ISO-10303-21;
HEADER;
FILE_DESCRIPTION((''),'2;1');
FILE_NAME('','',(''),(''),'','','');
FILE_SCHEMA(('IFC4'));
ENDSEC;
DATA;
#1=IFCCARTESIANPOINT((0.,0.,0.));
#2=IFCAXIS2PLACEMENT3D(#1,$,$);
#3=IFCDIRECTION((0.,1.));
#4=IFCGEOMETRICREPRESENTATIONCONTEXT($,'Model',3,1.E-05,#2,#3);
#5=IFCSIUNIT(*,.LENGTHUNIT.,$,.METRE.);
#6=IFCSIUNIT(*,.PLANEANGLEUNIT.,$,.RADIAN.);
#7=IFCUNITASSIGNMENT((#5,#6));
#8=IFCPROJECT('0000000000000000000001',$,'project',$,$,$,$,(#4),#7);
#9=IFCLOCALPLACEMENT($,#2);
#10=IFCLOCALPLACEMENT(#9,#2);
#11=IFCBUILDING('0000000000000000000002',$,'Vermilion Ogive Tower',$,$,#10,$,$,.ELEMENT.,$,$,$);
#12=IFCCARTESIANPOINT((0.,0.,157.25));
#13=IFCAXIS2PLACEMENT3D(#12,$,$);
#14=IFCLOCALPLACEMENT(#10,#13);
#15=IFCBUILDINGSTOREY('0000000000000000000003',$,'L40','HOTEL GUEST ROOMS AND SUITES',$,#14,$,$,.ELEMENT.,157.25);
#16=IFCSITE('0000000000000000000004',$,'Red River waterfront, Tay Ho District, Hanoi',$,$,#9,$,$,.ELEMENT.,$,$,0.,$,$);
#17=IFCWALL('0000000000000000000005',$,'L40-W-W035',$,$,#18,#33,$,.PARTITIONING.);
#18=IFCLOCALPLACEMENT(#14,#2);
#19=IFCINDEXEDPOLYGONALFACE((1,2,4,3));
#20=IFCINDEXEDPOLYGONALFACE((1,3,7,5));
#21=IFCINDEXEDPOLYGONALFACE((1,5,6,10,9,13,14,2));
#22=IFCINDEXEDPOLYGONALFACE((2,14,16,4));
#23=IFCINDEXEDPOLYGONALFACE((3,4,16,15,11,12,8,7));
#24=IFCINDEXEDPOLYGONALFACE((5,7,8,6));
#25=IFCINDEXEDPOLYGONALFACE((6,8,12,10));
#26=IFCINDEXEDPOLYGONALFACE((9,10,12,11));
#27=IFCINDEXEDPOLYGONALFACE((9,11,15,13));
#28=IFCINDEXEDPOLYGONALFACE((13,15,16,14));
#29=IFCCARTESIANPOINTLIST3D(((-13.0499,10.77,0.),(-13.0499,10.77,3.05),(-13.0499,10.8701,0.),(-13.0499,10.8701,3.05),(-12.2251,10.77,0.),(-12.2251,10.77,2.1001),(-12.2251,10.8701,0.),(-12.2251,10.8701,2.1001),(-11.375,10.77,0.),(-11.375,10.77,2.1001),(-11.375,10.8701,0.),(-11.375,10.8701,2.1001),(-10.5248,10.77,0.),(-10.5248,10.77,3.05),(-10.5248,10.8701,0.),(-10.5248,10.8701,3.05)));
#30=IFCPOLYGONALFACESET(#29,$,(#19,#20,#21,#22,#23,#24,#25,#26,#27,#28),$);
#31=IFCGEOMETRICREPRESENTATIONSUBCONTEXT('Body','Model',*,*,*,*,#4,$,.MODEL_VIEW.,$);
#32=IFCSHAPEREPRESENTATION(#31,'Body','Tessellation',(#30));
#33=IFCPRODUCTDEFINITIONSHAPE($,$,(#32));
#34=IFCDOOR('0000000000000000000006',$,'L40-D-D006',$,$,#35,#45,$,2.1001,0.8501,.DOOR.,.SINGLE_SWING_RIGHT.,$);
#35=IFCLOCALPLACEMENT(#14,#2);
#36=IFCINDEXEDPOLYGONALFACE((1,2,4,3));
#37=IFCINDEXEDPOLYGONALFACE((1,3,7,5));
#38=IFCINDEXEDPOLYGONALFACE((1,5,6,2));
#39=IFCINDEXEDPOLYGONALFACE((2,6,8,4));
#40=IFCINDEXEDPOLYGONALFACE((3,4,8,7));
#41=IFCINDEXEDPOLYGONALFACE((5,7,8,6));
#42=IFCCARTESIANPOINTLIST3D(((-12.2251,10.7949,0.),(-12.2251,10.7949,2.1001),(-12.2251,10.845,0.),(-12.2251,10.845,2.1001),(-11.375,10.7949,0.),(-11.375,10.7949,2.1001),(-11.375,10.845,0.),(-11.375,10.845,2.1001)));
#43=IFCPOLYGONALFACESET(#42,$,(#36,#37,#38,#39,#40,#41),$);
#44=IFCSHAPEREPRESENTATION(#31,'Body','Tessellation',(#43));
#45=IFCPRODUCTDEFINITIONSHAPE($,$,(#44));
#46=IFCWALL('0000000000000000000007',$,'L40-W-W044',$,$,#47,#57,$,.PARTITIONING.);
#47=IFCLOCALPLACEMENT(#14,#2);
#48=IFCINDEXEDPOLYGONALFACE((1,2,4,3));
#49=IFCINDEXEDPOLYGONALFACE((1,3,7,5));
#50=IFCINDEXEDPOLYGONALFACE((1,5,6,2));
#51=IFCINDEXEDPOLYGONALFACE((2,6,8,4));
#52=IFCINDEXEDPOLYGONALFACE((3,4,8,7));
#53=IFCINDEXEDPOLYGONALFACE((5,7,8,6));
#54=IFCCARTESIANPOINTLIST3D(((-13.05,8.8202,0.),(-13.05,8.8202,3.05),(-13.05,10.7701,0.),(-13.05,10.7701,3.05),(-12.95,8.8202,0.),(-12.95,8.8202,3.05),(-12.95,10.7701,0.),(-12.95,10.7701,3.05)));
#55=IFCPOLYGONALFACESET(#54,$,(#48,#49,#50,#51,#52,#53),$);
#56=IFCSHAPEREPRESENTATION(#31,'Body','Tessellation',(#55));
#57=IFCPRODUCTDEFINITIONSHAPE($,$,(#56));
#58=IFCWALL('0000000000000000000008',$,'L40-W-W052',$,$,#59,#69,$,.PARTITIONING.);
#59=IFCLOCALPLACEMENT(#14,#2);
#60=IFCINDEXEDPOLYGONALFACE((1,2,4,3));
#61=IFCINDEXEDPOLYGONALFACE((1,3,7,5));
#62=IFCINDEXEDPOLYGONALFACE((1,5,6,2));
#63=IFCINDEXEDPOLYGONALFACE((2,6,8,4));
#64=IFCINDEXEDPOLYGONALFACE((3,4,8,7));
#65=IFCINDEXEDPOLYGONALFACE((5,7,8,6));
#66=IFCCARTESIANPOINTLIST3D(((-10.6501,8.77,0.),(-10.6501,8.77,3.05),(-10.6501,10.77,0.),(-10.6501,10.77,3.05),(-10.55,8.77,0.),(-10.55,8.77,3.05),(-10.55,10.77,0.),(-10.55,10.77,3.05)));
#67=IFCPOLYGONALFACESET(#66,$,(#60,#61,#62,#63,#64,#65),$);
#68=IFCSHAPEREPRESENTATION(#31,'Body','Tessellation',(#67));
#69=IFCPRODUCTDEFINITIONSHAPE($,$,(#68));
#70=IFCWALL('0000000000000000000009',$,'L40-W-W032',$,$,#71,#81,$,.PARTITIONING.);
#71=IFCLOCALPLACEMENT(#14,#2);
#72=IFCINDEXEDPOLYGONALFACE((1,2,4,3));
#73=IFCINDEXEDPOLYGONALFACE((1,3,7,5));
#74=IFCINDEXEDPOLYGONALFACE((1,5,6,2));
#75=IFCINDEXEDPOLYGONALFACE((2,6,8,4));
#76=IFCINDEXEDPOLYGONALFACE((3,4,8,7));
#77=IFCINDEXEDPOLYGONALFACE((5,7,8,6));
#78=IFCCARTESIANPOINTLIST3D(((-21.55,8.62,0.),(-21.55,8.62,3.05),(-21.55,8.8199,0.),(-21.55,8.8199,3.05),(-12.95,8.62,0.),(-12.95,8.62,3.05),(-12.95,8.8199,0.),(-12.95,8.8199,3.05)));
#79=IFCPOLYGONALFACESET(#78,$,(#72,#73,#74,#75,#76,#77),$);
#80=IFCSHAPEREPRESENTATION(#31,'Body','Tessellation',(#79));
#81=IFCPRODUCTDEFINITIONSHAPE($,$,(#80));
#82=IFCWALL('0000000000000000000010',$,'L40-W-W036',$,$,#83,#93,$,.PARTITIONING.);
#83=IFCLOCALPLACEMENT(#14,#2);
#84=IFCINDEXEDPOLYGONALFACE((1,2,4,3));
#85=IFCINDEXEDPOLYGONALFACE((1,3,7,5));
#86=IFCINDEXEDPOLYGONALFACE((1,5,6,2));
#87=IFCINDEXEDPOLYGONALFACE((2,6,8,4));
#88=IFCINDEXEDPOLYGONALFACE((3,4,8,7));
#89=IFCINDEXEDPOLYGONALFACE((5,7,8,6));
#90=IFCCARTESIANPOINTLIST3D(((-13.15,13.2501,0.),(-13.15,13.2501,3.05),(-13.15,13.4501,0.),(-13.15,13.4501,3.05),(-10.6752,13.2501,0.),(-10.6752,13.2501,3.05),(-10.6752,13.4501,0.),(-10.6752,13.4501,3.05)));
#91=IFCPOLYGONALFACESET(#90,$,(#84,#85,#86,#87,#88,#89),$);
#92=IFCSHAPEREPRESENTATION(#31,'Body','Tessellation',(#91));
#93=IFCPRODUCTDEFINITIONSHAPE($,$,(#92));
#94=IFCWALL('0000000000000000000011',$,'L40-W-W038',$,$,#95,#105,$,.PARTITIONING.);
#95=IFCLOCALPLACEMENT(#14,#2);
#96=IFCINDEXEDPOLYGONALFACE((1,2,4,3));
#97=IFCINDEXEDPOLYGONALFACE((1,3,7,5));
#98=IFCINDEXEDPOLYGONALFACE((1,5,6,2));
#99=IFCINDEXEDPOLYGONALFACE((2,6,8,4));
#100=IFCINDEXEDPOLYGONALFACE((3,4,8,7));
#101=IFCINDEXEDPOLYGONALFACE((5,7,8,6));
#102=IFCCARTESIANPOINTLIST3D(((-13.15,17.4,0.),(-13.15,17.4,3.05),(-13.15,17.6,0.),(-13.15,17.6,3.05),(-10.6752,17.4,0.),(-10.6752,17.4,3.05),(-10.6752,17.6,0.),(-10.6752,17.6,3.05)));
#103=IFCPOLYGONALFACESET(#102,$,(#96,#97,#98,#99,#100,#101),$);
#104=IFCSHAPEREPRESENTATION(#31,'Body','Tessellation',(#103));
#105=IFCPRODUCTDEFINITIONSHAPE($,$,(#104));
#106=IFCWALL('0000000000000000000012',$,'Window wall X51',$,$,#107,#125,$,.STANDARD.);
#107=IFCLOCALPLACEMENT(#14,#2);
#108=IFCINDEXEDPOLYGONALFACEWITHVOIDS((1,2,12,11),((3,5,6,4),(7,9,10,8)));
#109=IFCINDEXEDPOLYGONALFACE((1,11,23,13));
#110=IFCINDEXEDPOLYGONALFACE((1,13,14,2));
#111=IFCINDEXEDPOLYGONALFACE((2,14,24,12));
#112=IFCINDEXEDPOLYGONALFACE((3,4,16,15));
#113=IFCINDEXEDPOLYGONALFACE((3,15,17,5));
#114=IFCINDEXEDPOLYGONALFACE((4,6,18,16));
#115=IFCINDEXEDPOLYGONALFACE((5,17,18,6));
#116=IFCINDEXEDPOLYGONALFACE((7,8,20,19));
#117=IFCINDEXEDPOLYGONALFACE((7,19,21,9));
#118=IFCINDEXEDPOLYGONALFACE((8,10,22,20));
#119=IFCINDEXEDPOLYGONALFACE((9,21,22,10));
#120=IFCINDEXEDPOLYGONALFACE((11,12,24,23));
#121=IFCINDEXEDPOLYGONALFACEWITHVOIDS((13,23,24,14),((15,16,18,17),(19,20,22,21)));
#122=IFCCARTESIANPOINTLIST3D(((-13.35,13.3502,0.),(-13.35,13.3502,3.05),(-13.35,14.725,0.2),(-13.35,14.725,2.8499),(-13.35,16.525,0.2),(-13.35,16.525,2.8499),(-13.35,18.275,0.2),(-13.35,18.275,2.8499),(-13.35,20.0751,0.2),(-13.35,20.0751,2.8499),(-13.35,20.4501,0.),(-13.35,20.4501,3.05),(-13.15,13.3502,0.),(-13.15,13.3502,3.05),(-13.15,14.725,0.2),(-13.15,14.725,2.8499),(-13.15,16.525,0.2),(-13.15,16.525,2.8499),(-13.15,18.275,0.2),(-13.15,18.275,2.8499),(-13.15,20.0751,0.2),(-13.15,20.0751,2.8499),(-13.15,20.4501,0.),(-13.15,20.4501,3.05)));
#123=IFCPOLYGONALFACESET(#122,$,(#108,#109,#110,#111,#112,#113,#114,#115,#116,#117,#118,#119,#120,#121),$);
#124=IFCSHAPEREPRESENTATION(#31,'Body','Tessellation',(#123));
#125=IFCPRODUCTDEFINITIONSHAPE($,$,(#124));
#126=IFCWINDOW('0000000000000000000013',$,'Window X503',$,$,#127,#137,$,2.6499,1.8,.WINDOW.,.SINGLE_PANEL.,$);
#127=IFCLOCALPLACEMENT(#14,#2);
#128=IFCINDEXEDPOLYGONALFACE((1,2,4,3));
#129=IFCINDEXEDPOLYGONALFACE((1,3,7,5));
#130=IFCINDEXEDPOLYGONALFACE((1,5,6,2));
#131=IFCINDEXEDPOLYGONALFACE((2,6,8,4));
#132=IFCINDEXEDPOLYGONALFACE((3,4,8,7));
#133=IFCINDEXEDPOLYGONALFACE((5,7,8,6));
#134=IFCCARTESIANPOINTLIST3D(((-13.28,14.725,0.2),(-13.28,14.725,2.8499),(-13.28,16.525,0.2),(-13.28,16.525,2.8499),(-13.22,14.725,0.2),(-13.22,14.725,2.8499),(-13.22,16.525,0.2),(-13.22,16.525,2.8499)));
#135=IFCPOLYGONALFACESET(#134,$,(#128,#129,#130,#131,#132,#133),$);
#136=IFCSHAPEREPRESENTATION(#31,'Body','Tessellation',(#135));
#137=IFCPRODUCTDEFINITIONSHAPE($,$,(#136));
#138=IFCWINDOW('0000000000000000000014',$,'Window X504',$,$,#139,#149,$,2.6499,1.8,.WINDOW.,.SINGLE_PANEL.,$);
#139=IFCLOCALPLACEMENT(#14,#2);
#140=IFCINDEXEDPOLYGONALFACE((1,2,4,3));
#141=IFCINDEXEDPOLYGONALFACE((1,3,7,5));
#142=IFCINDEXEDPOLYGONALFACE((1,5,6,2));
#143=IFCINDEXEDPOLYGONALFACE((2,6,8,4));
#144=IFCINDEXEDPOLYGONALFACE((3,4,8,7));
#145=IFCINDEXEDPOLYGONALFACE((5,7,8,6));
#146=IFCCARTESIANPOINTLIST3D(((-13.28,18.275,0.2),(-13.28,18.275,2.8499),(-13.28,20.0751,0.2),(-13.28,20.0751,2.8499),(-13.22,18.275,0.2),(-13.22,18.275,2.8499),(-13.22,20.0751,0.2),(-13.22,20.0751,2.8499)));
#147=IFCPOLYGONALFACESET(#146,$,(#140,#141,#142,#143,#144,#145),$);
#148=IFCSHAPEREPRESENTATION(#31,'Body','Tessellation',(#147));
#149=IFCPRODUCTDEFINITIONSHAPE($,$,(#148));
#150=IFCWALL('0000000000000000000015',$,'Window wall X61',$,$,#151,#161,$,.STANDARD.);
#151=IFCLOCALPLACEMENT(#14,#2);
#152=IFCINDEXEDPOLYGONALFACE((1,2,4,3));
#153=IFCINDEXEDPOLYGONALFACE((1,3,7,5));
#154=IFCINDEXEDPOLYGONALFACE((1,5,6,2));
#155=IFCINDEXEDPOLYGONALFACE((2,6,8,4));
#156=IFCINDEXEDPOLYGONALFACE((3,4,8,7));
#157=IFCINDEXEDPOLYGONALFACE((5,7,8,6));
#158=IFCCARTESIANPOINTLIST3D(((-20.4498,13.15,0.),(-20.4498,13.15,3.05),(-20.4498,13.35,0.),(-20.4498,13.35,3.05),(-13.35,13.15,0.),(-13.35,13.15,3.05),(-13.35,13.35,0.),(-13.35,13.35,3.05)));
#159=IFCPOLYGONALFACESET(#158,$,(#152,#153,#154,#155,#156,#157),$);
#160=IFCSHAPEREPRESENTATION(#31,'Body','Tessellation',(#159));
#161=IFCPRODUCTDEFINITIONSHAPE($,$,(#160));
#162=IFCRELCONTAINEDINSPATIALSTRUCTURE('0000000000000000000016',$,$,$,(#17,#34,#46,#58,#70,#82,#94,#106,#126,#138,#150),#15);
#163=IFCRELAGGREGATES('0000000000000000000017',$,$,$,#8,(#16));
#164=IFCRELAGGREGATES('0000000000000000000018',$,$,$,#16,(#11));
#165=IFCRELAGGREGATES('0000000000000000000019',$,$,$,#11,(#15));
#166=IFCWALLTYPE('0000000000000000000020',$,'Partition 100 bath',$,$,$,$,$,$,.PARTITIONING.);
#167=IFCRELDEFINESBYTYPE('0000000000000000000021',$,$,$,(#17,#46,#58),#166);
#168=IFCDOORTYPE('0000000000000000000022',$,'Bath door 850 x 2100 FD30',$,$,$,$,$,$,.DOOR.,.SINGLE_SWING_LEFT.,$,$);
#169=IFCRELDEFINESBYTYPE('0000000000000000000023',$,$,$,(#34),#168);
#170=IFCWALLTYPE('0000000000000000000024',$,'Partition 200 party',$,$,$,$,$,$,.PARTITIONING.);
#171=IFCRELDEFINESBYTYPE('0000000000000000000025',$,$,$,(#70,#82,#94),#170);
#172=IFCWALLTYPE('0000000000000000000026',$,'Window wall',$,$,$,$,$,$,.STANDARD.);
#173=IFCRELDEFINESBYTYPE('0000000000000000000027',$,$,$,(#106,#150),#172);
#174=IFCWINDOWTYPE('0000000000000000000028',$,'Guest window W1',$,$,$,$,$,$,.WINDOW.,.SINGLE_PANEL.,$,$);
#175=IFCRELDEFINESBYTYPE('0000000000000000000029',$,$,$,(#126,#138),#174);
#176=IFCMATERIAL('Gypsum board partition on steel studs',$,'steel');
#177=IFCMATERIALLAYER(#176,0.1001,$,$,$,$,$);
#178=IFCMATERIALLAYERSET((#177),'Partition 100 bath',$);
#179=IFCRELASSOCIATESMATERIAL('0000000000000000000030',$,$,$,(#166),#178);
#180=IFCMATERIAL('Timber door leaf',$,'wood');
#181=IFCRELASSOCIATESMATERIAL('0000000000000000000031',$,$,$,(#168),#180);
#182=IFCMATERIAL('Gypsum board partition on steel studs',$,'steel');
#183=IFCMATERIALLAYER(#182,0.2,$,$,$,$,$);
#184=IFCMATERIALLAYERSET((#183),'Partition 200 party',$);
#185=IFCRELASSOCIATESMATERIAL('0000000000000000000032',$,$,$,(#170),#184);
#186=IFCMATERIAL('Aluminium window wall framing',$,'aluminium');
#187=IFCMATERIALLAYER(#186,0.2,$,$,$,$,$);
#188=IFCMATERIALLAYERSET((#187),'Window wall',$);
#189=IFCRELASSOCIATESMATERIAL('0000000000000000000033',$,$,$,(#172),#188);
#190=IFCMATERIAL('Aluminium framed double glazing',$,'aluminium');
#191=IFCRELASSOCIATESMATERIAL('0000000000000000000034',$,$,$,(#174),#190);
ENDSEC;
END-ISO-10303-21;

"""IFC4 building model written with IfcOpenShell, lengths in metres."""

from ifc_helpers import new_model, si_unit, direction, frame, frame_2d, origin, place, context, subcontext, project, spatial, rectangle, extrude, material, layer, layer_set, type_object, element, fill, save


model = new_model("IFC4")

# Units and contexts
model_context = context("Model", 3, precision=1e-05, world=origin(), true_north=direction((0.0, 1.0)))
body_context = subcontext(model_context, "Body", "Model", "MODEL_VIEW")
ifc_project = project(units=[si_unit("LENGTHUNIT", "METRE"), si_unit("PLANEANGLEUNIT", "RADIAN")], contexts=[model_context])

# Site, building, storey
site_placement = place(None, origin())
site = spatial("IfcSite", under=ifc_project, at=site_placement, Name="Red River waterfront, Tay Ho District, Hanoi", CompositionType="ELEMENT", RefElevation=0.0)
building_placement = place(site_placement, origin())
building = spatial("IfcBuilding", under=site, at=building_placement, Name="Vermilion Ogive Tower", CompositionType="ELEMENT")
storey_placement = place(building_placement, frame((0.0, 0.0, 157.25)))
storey = spatial("IfcBuildingStorey", under=building, at=storey_placement, Name="L40", Description="HOTEL GUEST ROOMS AND SUITES", CompositionType="ELEMENT", Elevation=157.25)

# Shared definitions
ifc_material_1 = material(Name="Gypsum board partition on steel studs", Category="steel")
ifc_layer_1 = layer(ifc_material_1, 0.1001)
ifc_layer_set_1 = layer_set([ifc_layer_1], Name="Partition 100 bath")
wall_type_1 = type_object("IfcWallType", Name="Partition 100 bath", PredefinedType="PARTITIONING", material=ifc_layer_set_1)

# Wall, opening, door
wall_1_placement = place(storey_placement, frame((-13.05, 10.8201, 0.0), z_axis=(0.0, 0.0, 1.0), x_axis=(1.0, 0.0, 0.0)))
wall_1 = element("IfcWall", 1, at=wall_1_placement, inside=storey, type_object=wall_type_1, Name="L40-W-W035", PredefinedType="PARTITIONING", context=body_context, shape_type="SweptSolid", body=[
    extrude(rectangle(XDim=2.5251, YDim=0.1001, at=frame_2d((1.2627, 0.0))), origin(), (0.0, 0.0, 1.0), 3.05),
])
opening_1_placement = place(wall_1_placement, frame((0.825, 0.0, 0.0)))
opening_1 = element("IfcOpeningElement", 2, at=opening_1_placement, cuts=wall_1, PredefinedType="OPENING", context=body_context, shape_type="SweptSolid", body=[
    extrude(rectangle(XDim=0.8501, YDim=2.1001, at=frame_2d((0.425, 1.05))), frame((0.0, 0.0601, 0.0), z_axis=(0.0, -1.0, 0.0), x_axis=(1.0, 0.0, 0.0)), (0.0, 0.0, 1.0), 0.1201),
])
ifc_material_2 = material(Name="Timber door leaf", Category="wood")
door_type = type_object("IfcDoorType", Name="Bath door 850 x 2100 FD30", OperationType="SINGLE_SWING_LEFT", PredefinedType="DOOR", material=ifc_material_2)
door_placement = place(opening_1_placement, origin())
door = element("IfcDoor", 3, at=door_placement, inside=storey, type_object=door_type, Name="L40-D-D006", OperationType="SINGLE_SWING_RIGHT", OverallHeight=2.1001, OverallWidth=0.8501, PredefinedType="DOOR", context=body_context, shape_type="SweptSolid", body=[
    extrude(rectangle(XDim=0.8501, YDim=2.1001, at=frame_2d((0.425, 1.05))), frame((0.0, 0.0249, 0.0), z_axis=(0.0, -1.0, 0.0), x_axis=(1.0, 0.0, 0.0)), (0.0, 0.0, 1.0), 0.05),
])
fill(opening_1, door)

# Walls
wall_2_placement = place(storey_placement, frame((-13.0, 8.8201, 0.0), z_axis=(0.0, 0.0, 1.0), x_axis=(0.0, 1.0, 0.0)))
element("IfcWall", 4, at=wall_2_placement, inside=storey, type_object=wall_type_1, Name="L40-W-W044", PredefinedType="PARTITIONING", context=body_context, shape_type="SweptSolid", body=[
    extrude(rectangle(XDim=1.95, YDim=0.1001, at=frame_2d((0.9751, 0.0))), origin(), (0.0, 0.0, 1.0), 3.05),
])
wall_3_placement = place(storey_placement, frame((-10.6001, 8.77, 0.0), z_axis=(0.0, 0.0, 1.0), x_axis=(0.0, 1.0, 0.0)))
element("IfcWall", 5, at=wall_3_placement, inside=storey, type_object=wall_type_1, Name="L40-W-W052", PredefinedType="PARTITIONING", context=body_context, shape_type="SweptSolid", body=[
    extrude(rectangle(XDim=2.0, YDim=0.1001, at=frame_2d((1.0, 0.0))), origin(), (0.0, 0.0, 1.0), 3.05),
])
ifc_material_3 = material(Name="Gypsum board partition on steel studs", Category="steel")
ifc_layer_2 = layer(ifc_material_3, 0.2)
ifc_layer_set_2 = layer_set([ifc_layer_2], Name="Partition 200 party")
wall_type_2 = type_object("IfcWallType", Name="Partition 200 party", PredefinedType="PARTITIONING", material=ifc_layer_set_2)
wall_4_placement = place(storey_placement, frame((-21.55, 8.72, 0.0), z_axis=(0.0, 0.0, 1.0), x_axis=(1.0, 0.0, 0.0)))
element("IfcWall", 6, at=wall_4_placement, inside=storey, type_object=wall_type_2, Name="L40-W-W032", PredefinedType="PARTITIONING", context=body_context, shape_type="SweptSolid", body=[
    extrude(rectangle(XDim=8.6001, YDim=0.2, at=frame_2d((4.3, 0.0))), origin(), (0.0, 0.0, 1.0), 3.05),
])
for number, where, z_axis, x_axis, name in (
    (7, (-13.1499, 13.3501, 0.0), (0.0, 0.0, 1.0), (1.0, 0.0, 0.0), "L40-W-W036"),
    (8, (-13.1499, 17.5, 0.0), (0.0, 0.0, 1.0), (1.0, 0.0, 0.0), "L40-W-W038"),
):
    element("IfcWall", number, at=place(storey_placement, frame(where, z_axis=z_axis, x_axis=x_axis)), inside=storey, type_object=wall_type_2, Name=name, PredefinedType="PARTITIONING", context=body_context, shape_type="SweptSolid", body=[
        extrude(rectangle(XDim=2.4749, YDim=0.2, at=frame_2d((1.2373, 0.0))), origin(), (0.0, 0.0, 1.0), 3.05),
    ])

# Wall, openings, windows
ifc_material_4 = material(Name="Aluminium window wall framing", Category="aluminium")
ifc_layer_3 = layer(ifc_material_4, 0.2)
ifc_layer_set_3 = layer_set([ifc_layer_3], Name="Window wall")
wall_type_3 = type_object("IfcWallType", Name="Window wall", PredefinedType="STANDARD", material=ifc_layer_set_3)
wall_5_placement = place(storey_placement, frame((-13.25, 20.45, 0.0), z_axis=(0.0, 0.0, 1.0), x_axis=(0.0, -1.0, 0.0)))
wall_5 = element("IfcWall", 9, at=wall_5_placement, inside=storey, type_object=wall_type_3, Name="Window wall X51", PredefinedType="STANDARD", context=body_context, shape_type="SweptSolid", body=[
    extrude(rectangle(XDim=7.0999, YDim=0.2, at=frame_2d((3.5498, 0.0))), origin(), (0.0, 0.0, 1.0), 3.05),
])
opening_2_placement = place(wall_5_placement, frame((3.925, 0.0, 0.2)))
opening_2 = element("IfcOpeningElement", 10, at=opening_2_placement, cuts=wall_5, PredefinedType="OPENING", context=body_context, shape_type="SweptSolid", body=[
    extrude(rectangle(XDim=1.8, YDim=2.6499, at=frame_2d((0.8999, 1.325))), frame((0.0, 0.1099, 0.0), z_axis=(0.0, -1.0, 0.0), x_axis=(1.0, 0.0, 0.0)), (0.0, 0.0, 1.0), 0.22),
])
opening_3_placement = place(wall_5_placement, frame((0.375, 0.0, 0.2)))
opening_3 = element("IfcOpeningElement", 11, at=opening_3_placement, cuts=wall_5, PredefinedType="OPENING", context=body_context, shape_type="SweptSolid", body=[
    extrude(rectangle(XDim=1.8, YDim=2.6499, at=frame_2d((0.8999, 1.325))), frame((0.0, 0.1099, 0.0), z_axis=(0.0, -1.0, 0.0), x_axis=(1.0, 0.0, 0.0)), (0.0, 0.0, 1.0), 0.22),
])
ifc_material_5 = material(Name="Aluminium framed double glazing", Category="aluminium")
window_type = type_object("IfcWindowType", Name="Guest window W1", PartitioningType="SINGLE_PANEL", PredefinedType="WINDOW", material=ifc_material_5)
window_1_placement = place(opening_2_placement, origin())
window_1 = element("IfcWindow", 12, at=window_1_placement, inside=storey, type_object=window_type, Name="Window X503", OverallHeight=2.6499, OverallWidth=1.8, PartitioningType="SINGLE_PANEL", PredefinedType="WINDOW", context=body_context, shape_type="SweptSolid", body=[
    extrude(rectangle(XDim=1.8, YDim=2.6499, at=frame_2d((0.8999, 1.325))), frame((0.0, 0.03, 0.0), z_axis=(0.0, -1.0, 0.0), x_axis=(1.0, 0.0, 0.0)), (0.0, 0.0, 1.0), 0.0601),
])
fill(opening_2, window_1)
window_2_placement = place(opening_3_placement, origin())
window_2 = element("IfcWindow", 13, at=window_2_placement, inside=storey, type_object=window_type, Name="Window X504", OverallHeight=2.6499, OverallWidth=1.8, PartitioningType="SINGLE_PANEL", PredefinedType="WINDOW", context=body_context, shape_type="SweptSolid", body=[
    extrude(rectangle(XDim=1.8, YDim=2.6499, at=frame_2d((0.8999, 1.325))), frame((0.0, 0.03, 0.0), z_axis=(0.0, -1.0, 0.0), x_axis=(1.0, 0.0, 0.0)), (0.0, 0.0, 1.0), 0.0601),
])
fill(opening_3, window_2)

# Wall
wall_6_placement = place(storey_placement, frame((-13.3501, 13.25, 0.0), z_axis=(0.0, 0.0, 1.0), x_axis=(-1.0, 0.0, 0.0)))
element("IfcWall", 14, at=wall_6_placement, inside=storey, type_object=wall_type_3, Name="Window wall X61", PredefinedType="STANDARD", context=body_context, shape_type="SweptSolid", body=[
    extrude(rectangle(XDim=7.0999, YDim=0.2, at=frame_2d((3.5498, 0.0))), origin(), (0.0, 0.0, 1.0), 3.05),
])

save(model, "model.ifc")
